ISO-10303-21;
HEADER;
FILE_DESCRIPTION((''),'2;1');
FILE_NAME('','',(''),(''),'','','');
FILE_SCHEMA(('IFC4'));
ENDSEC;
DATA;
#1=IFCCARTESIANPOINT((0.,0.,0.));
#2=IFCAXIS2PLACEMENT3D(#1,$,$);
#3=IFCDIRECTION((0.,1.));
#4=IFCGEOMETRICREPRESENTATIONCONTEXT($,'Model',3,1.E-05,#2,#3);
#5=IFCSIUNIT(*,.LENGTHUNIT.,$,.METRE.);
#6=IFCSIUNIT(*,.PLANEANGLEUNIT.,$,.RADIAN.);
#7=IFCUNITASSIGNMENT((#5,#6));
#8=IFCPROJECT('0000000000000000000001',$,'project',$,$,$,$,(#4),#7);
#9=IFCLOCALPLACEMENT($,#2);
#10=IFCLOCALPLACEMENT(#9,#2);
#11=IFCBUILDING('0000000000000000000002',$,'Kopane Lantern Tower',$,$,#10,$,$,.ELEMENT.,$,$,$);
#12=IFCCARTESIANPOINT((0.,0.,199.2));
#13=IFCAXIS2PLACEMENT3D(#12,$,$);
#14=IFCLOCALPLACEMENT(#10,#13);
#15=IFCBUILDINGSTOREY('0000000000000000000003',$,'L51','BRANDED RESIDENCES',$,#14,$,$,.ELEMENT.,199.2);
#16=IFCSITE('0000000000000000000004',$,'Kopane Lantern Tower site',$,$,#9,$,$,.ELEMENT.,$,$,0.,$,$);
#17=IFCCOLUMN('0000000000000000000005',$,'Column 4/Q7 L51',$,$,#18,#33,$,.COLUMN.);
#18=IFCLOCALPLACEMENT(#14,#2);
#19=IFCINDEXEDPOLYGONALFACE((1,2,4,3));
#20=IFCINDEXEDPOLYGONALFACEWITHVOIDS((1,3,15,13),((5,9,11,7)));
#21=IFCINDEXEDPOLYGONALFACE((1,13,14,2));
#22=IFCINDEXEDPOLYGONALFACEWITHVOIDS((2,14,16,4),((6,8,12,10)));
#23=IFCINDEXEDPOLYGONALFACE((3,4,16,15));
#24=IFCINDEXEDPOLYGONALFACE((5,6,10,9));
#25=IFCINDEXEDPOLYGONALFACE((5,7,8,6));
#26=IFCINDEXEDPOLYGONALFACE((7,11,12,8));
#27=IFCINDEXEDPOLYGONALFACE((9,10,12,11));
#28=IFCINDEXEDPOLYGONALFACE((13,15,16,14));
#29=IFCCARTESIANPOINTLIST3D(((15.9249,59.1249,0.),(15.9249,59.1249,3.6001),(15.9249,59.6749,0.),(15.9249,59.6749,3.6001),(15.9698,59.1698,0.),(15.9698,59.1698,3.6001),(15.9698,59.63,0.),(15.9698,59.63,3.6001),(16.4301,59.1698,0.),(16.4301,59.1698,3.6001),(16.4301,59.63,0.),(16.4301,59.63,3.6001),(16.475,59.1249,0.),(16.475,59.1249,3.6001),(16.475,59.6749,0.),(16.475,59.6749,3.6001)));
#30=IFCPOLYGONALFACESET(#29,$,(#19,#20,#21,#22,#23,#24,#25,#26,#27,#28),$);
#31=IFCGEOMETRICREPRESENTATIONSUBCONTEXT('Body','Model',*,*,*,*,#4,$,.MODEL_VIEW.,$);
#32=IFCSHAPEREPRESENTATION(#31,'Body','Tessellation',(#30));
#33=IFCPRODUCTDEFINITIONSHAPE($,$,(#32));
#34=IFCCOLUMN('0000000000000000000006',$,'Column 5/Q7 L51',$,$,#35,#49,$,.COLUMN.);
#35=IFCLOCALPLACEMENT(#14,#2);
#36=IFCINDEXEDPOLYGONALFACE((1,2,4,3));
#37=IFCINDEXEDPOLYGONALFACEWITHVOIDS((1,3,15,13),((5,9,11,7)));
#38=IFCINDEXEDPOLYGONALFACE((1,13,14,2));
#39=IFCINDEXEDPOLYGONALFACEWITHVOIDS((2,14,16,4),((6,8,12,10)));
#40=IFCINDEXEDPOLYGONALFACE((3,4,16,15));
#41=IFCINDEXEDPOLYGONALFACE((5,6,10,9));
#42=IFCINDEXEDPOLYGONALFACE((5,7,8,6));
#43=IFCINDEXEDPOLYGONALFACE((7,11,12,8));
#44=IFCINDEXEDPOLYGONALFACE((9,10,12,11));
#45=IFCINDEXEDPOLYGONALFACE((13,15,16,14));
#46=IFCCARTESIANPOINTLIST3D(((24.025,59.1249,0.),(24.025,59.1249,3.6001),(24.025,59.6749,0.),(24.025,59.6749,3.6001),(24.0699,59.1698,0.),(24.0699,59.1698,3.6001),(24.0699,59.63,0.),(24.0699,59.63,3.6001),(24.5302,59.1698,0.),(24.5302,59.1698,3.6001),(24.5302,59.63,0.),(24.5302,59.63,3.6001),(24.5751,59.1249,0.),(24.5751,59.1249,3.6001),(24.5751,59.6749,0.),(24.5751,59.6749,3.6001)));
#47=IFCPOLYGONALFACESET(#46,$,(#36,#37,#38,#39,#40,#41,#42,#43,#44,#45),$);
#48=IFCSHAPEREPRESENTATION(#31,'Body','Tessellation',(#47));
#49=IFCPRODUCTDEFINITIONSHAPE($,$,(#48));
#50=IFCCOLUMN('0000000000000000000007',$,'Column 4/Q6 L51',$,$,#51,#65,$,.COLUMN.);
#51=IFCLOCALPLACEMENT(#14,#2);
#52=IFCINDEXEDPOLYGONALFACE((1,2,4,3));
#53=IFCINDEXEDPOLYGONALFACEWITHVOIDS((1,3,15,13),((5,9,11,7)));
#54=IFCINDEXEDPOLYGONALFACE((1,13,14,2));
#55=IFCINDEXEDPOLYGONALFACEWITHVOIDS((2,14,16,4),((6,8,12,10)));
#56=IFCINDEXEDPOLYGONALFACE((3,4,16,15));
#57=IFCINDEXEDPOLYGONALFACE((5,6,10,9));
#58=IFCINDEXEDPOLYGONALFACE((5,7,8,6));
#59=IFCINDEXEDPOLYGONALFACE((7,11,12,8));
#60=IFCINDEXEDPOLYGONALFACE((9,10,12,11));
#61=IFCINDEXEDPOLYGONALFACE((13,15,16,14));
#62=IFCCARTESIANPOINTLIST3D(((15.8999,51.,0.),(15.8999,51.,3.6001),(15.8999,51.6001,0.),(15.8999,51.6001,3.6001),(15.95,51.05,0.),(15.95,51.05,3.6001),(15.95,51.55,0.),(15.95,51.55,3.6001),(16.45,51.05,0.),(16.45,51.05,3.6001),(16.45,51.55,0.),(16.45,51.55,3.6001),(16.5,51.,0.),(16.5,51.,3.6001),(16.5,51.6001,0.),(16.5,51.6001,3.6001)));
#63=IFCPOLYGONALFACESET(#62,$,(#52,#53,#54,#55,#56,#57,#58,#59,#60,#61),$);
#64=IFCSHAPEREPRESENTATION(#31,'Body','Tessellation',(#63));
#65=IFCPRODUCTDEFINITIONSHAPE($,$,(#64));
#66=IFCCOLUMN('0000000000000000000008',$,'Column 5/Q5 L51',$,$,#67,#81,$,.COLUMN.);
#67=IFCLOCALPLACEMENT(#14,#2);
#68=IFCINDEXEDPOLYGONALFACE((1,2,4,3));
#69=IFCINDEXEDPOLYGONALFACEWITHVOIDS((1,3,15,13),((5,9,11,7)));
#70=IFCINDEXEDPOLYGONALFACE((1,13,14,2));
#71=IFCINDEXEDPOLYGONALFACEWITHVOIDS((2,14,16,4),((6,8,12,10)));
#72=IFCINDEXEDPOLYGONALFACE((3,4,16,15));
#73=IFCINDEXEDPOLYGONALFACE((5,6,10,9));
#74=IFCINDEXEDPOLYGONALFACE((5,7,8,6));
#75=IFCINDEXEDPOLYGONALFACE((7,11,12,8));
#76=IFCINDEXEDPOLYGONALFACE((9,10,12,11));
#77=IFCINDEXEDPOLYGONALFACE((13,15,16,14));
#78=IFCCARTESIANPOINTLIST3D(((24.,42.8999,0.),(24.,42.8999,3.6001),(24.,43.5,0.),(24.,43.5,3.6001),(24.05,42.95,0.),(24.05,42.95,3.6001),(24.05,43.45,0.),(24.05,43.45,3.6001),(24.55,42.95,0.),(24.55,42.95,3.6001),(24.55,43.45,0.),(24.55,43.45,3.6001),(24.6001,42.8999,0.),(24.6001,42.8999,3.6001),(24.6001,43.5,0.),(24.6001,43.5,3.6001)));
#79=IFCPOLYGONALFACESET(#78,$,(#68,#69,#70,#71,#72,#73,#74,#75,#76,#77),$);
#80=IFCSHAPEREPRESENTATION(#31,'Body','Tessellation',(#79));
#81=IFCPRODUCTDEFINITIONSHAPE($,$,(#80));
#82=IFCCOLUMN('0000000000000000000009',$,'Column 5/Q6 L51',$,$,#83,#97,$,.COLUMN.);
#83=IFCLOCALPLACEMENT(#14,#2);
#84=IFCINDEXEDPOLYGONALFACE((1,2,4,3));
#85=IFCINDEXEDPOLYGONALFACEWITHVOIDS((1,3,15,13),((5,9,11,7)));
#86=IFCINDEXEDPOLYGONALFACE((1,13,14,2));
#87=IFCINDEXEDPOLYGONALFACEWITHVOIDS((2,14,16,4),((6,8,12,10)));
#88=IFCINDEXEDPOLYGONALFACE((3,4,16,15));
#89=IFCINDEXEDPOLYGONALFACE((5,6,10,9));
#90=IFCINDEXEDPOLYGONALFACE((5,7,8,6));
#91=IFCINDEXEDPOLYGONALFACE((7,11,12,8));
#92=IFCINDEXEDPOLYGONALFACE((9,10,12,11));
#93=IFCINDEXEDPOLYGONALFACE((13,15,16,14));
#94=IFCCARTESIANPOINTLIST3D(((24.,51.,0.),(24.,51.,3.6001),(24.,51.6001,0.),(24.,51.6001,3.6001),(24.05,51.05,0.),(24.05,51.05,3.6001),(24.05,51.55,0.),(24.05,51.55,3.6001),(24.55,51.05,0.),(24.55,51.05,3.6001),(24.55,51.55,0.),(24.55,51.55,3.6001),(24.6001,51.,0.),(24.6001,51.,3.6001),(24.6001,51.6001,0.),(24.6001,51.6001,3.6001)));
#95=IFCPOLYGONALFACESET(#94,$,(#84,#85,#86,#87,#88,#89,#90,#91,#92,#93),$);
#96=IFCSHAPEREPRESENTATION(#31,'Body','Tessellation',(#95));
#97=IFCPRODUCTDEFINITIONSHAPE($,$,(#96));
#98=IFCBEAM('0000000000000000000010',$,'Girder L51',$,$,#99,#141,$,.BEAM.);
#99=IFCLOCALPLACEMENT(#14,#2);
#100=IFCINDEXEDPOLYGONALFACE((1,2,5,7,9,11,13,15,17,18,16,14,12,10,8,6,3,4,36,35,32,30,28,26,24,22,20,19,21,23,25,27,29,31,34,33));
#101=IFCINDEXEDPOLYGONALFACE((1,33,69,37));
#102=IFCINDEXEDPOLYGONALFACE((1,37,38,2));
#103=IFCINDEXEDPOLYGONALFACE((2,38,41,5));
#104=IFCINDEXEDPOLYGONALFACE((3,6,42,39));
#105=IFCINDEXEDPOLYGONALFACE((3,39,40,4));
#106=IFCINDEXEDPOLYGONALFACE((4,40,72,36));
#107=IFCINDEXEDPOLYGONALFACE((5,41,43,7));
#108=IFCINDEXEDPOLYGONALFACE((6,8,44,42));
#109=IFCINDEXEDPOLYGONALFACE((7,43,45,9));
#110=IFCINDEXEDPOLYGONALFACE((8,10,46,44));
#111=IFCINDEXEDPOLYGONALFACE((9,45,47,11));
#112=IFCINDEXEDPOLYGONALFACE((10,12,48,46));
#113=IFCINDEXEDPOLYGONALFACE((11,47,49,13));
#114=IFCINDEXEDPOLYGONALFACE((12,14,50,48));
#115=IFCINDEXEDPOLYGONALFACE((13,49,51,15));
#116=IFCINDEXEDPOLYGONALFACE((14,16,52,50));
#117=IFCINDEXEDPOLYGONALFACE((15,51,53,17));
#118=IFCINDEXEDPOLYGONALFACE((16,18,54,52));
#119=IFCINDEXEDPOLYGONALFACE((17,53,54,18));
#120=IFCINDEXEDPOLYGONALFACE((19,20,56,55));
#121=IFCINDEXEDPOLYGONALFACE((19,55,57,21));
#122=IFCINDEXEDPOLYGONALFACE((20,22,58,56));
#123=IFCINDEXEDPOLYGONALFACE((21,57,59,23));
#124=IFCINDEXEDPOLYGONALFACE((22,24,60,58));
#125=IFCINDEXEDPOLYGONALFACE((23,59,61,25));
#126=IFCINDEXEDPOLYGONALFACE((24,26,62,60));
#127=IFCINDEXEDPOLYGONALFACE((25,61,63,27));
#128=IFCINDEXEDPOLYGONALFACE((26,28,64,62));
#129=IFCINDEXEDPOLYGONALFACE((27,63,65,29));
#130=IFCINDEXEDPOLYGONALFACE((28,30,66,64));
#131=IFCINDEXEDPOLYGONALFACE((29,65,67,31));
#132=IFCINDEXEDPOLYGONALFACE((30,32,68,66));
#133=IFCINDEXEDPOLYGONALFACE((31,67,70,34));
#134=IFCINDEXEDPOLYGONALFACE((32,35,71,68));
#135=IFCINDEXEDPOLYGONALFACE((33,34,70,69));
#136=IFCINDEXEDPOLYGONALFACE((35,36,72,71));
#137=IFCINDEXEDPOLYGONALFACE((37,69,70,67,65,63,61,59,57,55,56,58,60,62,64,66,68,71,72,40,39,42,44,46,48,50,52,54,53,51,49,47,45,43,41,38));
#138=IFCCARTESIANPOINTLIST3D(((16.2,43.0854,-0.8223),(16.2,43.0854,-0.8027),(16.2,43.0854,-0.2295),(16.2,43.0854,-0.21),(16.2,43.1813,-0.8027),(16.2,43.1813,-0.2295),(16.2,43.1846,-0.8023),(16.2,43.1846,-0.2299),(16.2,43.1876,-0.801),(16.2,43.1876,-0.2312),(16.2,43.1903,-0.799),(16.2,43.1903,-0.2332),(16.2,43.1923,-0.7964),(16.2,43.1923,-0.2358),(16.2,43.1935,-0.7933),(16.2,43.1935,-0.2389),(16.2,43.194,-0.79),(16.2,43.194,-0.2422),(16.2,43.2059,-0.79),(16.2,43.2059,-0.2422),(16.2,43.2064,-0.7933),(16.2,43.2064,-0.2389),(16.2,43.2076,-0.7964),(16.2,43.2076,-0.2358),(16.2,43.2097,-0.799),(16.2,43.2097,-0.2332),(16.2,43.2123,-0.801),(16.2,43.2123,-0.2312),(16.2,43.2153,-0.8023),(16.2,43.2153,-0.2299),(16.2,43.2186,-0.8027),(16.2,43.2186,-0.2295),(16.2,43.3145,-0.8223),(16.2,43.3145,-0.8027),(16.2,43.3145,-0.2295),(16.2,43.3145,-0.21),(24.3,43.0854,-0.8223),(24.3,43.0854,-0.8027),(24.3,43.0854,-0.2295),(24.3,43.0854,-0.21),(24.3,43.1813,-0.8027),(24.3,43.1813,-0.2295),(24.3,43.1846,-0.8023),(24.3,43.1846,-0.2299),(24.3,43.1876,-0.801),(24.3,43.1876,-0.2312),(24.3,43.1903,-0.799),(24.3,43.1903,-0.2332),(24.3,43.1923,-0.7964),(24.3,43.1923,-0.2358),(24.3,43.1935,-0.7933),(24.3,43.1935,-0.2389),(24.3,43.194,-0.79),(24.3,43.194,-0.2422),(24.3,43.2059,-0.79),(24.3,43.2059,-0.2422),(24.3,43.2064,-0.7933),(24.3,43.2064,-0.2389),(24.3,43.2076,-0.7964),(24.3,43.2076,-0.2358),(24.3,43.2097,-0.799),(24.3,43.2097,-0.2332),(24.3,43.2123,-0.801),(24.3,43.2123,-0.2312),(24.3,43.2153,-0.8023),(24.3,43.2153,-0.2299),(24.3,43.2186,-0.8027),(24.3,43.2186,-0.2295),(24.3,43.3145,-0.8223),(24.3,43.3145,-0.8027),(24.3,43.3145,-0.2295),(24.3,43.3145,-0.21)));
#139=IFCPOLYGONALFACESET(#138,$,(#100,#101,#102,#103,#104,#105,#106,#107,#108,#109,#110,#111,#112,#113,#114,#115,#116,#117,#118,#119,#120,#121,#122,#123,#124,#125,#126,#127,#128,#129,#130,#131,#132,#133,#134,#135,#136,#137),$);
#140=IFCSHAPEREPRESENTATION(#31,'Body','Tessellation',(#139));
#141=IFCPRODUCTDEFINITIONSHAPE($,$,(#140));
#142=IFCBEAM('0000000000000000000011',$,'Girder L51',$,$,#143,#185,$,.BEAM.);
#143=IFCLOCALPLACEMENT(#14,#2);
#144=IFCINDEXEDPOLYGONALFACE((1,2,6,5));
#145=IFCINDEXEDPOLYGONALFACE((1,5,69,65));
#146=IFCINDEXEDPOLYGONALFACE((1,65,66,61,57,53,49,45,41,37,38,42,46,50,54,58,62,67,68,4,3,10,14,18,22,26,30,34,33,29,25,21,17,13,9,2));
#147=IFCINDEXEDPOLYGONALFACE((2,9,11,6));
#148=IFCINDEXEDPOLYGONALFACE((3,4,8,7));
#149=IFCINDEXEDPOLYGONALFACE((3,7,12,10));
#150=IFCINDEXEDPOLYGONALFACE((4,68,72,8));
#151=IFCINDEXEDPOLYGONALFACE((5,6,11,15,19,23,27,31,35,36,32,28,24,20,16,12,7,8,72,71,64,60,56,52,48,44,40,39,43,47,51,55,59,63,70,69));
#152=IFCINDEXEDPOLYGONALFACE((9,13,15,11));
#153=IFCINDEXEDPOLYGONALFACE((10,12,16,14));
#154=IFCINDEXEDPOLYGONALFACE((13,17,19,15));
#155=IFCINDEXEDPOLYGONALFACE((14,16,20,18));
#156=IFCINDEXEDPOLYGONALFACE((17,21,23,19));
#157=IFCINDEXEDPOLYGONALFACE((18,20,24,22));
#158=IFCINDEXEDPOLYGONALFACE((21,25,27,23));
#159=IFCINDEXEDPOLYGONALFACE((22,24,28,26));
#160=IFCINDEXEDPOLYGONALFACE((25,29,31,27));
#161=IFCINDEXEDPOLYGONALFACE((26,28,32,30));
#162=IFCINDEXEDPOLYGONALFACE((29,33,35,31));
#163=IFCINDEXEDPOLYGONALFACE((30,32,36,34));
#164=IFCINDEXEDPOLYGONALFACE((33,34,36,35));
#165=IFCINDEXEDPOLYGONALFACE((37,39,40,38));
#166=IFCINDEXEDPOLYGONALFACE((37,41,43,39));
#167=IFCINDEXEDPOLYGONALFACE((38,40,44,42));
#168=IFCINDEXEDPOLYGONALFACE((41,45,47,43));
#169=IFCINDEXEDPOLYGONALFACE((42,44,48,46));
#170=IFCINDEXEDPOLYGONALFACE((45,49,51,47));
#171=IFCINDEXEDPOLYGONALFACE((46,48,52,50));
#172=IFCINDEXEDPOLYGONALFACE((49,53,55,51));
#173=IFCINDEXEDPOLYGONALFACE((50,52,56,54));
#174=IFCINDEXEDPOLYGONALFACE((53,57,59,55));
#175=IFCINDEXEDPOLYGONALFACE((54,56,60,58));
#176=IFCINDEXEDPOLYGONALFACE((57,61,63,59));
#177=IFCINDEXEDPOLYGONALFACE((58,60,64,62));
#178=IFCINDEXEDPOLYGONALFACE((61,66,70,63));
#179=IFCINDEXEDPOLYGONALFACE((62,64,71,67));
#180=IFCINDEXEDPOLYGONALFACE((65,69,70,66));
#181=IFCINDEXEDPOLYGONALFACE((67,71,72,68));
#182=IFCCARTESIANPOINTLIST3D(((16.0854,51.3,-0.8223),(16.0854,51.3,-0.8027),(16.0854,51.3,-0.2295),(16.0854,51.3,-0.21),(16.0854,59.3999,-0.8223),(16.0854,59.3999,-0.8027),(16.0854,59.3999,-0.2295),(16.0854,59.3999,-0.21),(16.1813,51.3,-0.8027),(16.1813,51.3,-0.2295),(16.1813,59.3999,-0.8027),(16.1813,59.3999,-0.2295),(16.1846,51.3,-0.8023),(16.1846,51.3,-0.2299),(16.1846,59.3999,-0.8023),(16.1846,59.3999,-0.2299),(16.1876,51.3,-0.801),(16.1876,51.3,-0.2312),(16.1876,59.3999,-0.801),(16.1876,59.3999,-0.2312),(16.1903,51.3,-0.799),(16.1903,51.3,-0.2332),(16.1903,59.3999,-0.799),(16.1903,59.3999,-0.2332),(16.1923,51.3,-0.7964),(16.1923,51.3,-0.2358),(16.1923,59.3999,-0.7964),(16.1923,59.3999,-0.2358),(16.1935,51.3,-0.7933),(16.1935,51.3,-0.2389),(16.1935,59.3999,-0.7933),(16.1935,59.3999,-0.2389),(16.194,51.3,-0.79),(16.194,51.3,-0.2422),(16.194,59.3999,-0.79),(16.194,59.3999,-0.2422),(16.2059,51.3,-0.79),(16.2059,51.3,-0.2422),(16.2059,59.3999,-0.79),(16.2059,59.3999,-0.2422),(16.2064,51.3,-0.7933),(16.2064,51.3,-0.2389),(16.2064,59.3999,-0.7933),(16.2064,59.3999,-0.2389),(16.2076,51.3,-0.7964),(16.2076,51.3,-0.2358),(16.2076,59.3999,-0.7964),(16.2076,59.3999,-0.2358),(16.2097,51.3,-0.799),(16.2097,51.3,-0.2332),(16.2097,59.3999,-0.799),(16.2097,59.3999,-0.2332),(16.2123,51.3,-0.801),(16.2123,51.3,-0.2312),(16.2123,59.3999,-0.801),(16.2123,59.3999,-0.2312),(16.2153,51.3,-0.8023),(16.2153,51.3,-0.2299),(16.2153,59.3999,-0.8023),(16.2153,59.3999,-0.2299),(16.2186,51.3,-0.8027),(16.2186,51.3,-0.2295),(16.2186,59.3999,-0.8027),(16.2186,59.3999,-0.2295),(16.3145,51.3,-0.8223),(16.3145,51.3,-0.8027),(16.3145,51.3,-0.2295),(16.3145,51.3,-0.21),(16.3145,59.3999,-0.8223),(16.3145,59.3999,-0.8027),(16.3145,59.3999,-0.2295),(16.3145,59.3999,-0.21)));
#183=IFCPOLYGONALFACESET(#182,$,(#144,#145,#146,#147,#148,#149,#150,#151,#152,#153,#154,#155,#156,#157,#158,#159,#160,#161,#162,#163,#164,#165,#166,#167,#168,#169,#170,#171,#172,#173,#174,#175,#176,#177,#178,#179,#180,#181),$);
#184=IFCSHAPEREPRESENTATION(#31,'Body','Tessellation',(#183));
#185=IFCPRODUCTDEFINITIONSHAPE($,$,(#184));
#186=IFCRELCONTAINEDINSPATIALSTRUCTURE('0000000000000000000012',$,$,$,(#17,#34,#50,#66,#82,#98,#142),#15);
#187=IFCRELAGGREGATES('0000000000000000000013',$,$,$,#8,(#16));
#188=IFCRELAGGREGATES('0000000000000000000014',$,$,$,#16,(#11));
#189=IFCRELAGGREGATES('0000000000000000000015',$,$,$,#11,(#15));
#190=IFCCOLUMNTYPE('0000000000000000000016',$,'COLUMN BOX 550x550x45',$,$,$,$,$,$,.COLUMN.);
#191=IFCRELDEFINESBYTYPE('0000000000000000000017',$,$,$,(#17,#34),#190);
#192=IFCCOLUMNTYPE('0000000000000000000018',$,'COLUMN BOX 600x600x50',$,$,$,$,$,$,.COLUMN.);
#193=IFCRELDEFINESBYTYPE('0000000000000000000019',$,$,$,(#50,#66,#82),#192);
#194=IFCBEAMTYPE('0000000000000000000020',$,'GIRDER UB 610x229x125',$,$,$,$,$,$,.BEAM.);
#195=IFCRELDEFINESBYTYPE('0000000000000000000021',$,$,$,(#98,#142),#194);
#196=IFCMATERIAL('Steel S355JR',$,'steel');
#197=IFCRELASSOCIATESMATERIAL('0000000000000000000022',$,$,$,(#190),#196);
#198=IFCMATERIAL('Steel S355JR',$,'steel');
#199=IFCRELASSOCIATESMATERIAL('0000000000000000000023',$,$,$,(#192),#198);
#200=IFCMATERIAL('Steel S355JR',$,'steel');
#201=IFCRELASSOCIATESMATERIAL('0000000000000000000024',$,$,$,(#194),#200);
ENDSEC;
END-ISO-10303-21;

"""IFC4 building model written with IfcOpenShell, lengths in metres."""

from ifc_helpers import new_model, si_unit, direction, frame, origin, origin_2d, place, context, subcontext, project, spatial, hollow_rectangle, i_section, extrude, material, material_profile, profile_set, type_object, element, save


model = new_model("IFC4")

# Units and contexts
model_context = context("Model", 3, precision=1e-05, world=origin(), true_north=direction((0.0, 1.0)))
body_context = subcontext(model_context, "Body", "Model", "MODEL_VIEW")
ifc_project = project(units=[si_unit("LENGTHUNIT", "METRE"), si_unit("PLANEANGLEUNIT", "RADIAN")], contexts=[model_context])

# Site, building, storey
site_placement = place(None, origin())
site = spatial("IfcSite", under=ifc_project, at=site_placement, Name="Kopane Lantern Tower site", CompositionType="ELEMENT", RefElevation=0.0)
building_placement = place(site_placement, origin())
building = spatial("IfcBuilding", under=site, at=building_placement, Name="Kopane Lantern Tower", CompositionType="ELEMENT")
storey_placement = place(building_placement, frame((0.0, 0.0, 199.2)))
storey = spatial("IfcBuildingStorey", under=building, at=storey_placement, Name="L51", Description="BRANDED RESIDENCES", CompositionType="ELEMENT", Elevation=199.2)

# Columns
ifc_material_1 = material(Name="Steel S355JR", Category="steel")
ifc_material_profile_1 = material_profile(ifc_material_1, hollow_rectangle(XDim=0.55, YDim=0.55, WallThickness=0.0449, at=origin_2d()), Name="BOX 550x550x45")
ifc_profile_set_1 = profile_set([ifc_material_profile_1], Name="Steel S355JR")
column_type_1 = type_object("IfcColumnType", Name="COLUMN BOX 550x550x45", PredefinedType="COLUMN", material=ifc_profile_set_1)
for number, where, z_axis, x_axis, name in (
    (1, (16.2, 59.3999, 0.0), (0.0, 0.0, 1.0), (1.0, 0.0, 0.0), "Column 4/Q7 L51"),
    (2, (24.3, 59.3999, 0.0), (0.0, 0.0, 1.0), (1.0, 0.0, 0.0), "Column 5/Q7 L51"),
):
    element("IfcColumn", number, at=place(storey_placement, frame(where, z_axis=z_axis, x_axis=x_axis)), inside=storey, type_object=column_type_1, Name=name, PredefinedType="COLUMN", context=body_context, shape_type="SweptSolid", body=[
        extrude(hollow_rectangle(XDim=0.55, YDim=0.55, WallThickness=0.0449, at=origin_2d()), origin(), (0.0, 0.0, 1.0), 3.6001),
    ])
ifc_material_2 = material(Name="Steel S355JR", Category="steel")
ifc_material_profile_2 = material_profile(ifc_material_2, hollow_rectangle(XDim=0.6001, YDim=0.6001, WallThickness=0.05, at=origin_2d()), Name="BOX 600x600x50")
ifc_profile_set_2 = profile_set([ifc_material_profile_2], Name="Steel S355JR")
column_type_2 = type_object("IfcColumnType", Name="COLUMN BOX 600x600x50", PredefinedType="COLUMN", material=ifc_profile_set_2)
for number, where, z_axis, x_axis, name in (
    (3, (16.2, 51.3, 0.0), (0.0, 0.0, 1.0), (1.0, 0.0, 0.0), "Column 4/Q6 L51"),
    (4, (24.3, 43.2, 0.0), (0.0, 0.0, 1.0), (1.0, 0.0, 0.0), "Column 5/Q5 L51"),
    (5, (24.3, 51.3, 0.0), (0.0, 0.0, 1.0), (1.0, 0.0, 0.0), "Column 5/Q6 L51"),
):
    element("IfcColumn", number, at=place(storey_placement, frame(where, z_axis=z_axis, x_axis=x_axis)), inside=storey, type_object=column_type_2, Name=name, PredefinedType="COLUMN", context=body_context, shape_type="SweptSolid", body=[
        extrude(hollow_rectangle(XDim=0.6001, YDim=0.6001, WallThickness=0.05, at=origin_2d()), origin(), (0.0, 0.0, 1.0), 3.6001),
    ])

# Beams
ifc_material_3 = material(Name="Steel S355JR", Category="steel")
ifc_material_profile_3 = material_profile(ifc_material_3, i_section(OverallWidth=0.229, OverallDepth=0.6123, WebThickness=0.012, FlangeThickness=0.0195, FilletRadius=0.0127, at=origin_2d()), Name="UB 610x229x125")
ifc_profile_set_3 = profile_set([ifc_material_profile_3], Name="Steel S355JR")
beam_type = type_object("IfcBeamType", Name="GIRDER UB 610x229x125", PredefinedType="BEAM", material=ifc_profile_set_3)
beam_1_placement = place(storey_placement, frame((16.2, 43.2, -0.5161), z_axis=(1.0, 0.0, 0.0), x_axis=(0.0, 1.0, 0.0)))
element("IfcBeam", 6, at=beam_1_placement, inside=storey, type_object=beam_type, Name="Girder L51", PredefinedType="BEAM", context=body_context, shape_type="SweptSolid", body=[
    extrude(i_section(OverallWidth=0.229, OverallDepth=0.6123, WebThickness=0.012, FlangeThickness=0.0195, FilletRadius=0.0127, at=origin_2d()), origin(), (0.0, 0.0, 1.0), 8.1001),
])
beam_2_placement = place(storey_placement, frame((16.2, 51.3, -0.5161), z_axis=(0.0, 1.0, 0.0), x_axis=(-1.0, 0.0, 0.0)))
element("IfcBeam", 7, at=beam_2_placement, inside=storey, type_object=beam_type, Name="Girder L51", PredefinedType="BEAM", context=body_context, shape_type="SweptSolid", body=[
    extrude(i_section(OverallWidth=0.229, OverallDepth=0.6123, WebThickness=0.012, FlangeThickness=0.0195, FilletRadius=0.0127, at=origin_2d()), origin(), (0.0, 0.0, 1.0), 8.0999),
])

save(model, "model.ifc")
